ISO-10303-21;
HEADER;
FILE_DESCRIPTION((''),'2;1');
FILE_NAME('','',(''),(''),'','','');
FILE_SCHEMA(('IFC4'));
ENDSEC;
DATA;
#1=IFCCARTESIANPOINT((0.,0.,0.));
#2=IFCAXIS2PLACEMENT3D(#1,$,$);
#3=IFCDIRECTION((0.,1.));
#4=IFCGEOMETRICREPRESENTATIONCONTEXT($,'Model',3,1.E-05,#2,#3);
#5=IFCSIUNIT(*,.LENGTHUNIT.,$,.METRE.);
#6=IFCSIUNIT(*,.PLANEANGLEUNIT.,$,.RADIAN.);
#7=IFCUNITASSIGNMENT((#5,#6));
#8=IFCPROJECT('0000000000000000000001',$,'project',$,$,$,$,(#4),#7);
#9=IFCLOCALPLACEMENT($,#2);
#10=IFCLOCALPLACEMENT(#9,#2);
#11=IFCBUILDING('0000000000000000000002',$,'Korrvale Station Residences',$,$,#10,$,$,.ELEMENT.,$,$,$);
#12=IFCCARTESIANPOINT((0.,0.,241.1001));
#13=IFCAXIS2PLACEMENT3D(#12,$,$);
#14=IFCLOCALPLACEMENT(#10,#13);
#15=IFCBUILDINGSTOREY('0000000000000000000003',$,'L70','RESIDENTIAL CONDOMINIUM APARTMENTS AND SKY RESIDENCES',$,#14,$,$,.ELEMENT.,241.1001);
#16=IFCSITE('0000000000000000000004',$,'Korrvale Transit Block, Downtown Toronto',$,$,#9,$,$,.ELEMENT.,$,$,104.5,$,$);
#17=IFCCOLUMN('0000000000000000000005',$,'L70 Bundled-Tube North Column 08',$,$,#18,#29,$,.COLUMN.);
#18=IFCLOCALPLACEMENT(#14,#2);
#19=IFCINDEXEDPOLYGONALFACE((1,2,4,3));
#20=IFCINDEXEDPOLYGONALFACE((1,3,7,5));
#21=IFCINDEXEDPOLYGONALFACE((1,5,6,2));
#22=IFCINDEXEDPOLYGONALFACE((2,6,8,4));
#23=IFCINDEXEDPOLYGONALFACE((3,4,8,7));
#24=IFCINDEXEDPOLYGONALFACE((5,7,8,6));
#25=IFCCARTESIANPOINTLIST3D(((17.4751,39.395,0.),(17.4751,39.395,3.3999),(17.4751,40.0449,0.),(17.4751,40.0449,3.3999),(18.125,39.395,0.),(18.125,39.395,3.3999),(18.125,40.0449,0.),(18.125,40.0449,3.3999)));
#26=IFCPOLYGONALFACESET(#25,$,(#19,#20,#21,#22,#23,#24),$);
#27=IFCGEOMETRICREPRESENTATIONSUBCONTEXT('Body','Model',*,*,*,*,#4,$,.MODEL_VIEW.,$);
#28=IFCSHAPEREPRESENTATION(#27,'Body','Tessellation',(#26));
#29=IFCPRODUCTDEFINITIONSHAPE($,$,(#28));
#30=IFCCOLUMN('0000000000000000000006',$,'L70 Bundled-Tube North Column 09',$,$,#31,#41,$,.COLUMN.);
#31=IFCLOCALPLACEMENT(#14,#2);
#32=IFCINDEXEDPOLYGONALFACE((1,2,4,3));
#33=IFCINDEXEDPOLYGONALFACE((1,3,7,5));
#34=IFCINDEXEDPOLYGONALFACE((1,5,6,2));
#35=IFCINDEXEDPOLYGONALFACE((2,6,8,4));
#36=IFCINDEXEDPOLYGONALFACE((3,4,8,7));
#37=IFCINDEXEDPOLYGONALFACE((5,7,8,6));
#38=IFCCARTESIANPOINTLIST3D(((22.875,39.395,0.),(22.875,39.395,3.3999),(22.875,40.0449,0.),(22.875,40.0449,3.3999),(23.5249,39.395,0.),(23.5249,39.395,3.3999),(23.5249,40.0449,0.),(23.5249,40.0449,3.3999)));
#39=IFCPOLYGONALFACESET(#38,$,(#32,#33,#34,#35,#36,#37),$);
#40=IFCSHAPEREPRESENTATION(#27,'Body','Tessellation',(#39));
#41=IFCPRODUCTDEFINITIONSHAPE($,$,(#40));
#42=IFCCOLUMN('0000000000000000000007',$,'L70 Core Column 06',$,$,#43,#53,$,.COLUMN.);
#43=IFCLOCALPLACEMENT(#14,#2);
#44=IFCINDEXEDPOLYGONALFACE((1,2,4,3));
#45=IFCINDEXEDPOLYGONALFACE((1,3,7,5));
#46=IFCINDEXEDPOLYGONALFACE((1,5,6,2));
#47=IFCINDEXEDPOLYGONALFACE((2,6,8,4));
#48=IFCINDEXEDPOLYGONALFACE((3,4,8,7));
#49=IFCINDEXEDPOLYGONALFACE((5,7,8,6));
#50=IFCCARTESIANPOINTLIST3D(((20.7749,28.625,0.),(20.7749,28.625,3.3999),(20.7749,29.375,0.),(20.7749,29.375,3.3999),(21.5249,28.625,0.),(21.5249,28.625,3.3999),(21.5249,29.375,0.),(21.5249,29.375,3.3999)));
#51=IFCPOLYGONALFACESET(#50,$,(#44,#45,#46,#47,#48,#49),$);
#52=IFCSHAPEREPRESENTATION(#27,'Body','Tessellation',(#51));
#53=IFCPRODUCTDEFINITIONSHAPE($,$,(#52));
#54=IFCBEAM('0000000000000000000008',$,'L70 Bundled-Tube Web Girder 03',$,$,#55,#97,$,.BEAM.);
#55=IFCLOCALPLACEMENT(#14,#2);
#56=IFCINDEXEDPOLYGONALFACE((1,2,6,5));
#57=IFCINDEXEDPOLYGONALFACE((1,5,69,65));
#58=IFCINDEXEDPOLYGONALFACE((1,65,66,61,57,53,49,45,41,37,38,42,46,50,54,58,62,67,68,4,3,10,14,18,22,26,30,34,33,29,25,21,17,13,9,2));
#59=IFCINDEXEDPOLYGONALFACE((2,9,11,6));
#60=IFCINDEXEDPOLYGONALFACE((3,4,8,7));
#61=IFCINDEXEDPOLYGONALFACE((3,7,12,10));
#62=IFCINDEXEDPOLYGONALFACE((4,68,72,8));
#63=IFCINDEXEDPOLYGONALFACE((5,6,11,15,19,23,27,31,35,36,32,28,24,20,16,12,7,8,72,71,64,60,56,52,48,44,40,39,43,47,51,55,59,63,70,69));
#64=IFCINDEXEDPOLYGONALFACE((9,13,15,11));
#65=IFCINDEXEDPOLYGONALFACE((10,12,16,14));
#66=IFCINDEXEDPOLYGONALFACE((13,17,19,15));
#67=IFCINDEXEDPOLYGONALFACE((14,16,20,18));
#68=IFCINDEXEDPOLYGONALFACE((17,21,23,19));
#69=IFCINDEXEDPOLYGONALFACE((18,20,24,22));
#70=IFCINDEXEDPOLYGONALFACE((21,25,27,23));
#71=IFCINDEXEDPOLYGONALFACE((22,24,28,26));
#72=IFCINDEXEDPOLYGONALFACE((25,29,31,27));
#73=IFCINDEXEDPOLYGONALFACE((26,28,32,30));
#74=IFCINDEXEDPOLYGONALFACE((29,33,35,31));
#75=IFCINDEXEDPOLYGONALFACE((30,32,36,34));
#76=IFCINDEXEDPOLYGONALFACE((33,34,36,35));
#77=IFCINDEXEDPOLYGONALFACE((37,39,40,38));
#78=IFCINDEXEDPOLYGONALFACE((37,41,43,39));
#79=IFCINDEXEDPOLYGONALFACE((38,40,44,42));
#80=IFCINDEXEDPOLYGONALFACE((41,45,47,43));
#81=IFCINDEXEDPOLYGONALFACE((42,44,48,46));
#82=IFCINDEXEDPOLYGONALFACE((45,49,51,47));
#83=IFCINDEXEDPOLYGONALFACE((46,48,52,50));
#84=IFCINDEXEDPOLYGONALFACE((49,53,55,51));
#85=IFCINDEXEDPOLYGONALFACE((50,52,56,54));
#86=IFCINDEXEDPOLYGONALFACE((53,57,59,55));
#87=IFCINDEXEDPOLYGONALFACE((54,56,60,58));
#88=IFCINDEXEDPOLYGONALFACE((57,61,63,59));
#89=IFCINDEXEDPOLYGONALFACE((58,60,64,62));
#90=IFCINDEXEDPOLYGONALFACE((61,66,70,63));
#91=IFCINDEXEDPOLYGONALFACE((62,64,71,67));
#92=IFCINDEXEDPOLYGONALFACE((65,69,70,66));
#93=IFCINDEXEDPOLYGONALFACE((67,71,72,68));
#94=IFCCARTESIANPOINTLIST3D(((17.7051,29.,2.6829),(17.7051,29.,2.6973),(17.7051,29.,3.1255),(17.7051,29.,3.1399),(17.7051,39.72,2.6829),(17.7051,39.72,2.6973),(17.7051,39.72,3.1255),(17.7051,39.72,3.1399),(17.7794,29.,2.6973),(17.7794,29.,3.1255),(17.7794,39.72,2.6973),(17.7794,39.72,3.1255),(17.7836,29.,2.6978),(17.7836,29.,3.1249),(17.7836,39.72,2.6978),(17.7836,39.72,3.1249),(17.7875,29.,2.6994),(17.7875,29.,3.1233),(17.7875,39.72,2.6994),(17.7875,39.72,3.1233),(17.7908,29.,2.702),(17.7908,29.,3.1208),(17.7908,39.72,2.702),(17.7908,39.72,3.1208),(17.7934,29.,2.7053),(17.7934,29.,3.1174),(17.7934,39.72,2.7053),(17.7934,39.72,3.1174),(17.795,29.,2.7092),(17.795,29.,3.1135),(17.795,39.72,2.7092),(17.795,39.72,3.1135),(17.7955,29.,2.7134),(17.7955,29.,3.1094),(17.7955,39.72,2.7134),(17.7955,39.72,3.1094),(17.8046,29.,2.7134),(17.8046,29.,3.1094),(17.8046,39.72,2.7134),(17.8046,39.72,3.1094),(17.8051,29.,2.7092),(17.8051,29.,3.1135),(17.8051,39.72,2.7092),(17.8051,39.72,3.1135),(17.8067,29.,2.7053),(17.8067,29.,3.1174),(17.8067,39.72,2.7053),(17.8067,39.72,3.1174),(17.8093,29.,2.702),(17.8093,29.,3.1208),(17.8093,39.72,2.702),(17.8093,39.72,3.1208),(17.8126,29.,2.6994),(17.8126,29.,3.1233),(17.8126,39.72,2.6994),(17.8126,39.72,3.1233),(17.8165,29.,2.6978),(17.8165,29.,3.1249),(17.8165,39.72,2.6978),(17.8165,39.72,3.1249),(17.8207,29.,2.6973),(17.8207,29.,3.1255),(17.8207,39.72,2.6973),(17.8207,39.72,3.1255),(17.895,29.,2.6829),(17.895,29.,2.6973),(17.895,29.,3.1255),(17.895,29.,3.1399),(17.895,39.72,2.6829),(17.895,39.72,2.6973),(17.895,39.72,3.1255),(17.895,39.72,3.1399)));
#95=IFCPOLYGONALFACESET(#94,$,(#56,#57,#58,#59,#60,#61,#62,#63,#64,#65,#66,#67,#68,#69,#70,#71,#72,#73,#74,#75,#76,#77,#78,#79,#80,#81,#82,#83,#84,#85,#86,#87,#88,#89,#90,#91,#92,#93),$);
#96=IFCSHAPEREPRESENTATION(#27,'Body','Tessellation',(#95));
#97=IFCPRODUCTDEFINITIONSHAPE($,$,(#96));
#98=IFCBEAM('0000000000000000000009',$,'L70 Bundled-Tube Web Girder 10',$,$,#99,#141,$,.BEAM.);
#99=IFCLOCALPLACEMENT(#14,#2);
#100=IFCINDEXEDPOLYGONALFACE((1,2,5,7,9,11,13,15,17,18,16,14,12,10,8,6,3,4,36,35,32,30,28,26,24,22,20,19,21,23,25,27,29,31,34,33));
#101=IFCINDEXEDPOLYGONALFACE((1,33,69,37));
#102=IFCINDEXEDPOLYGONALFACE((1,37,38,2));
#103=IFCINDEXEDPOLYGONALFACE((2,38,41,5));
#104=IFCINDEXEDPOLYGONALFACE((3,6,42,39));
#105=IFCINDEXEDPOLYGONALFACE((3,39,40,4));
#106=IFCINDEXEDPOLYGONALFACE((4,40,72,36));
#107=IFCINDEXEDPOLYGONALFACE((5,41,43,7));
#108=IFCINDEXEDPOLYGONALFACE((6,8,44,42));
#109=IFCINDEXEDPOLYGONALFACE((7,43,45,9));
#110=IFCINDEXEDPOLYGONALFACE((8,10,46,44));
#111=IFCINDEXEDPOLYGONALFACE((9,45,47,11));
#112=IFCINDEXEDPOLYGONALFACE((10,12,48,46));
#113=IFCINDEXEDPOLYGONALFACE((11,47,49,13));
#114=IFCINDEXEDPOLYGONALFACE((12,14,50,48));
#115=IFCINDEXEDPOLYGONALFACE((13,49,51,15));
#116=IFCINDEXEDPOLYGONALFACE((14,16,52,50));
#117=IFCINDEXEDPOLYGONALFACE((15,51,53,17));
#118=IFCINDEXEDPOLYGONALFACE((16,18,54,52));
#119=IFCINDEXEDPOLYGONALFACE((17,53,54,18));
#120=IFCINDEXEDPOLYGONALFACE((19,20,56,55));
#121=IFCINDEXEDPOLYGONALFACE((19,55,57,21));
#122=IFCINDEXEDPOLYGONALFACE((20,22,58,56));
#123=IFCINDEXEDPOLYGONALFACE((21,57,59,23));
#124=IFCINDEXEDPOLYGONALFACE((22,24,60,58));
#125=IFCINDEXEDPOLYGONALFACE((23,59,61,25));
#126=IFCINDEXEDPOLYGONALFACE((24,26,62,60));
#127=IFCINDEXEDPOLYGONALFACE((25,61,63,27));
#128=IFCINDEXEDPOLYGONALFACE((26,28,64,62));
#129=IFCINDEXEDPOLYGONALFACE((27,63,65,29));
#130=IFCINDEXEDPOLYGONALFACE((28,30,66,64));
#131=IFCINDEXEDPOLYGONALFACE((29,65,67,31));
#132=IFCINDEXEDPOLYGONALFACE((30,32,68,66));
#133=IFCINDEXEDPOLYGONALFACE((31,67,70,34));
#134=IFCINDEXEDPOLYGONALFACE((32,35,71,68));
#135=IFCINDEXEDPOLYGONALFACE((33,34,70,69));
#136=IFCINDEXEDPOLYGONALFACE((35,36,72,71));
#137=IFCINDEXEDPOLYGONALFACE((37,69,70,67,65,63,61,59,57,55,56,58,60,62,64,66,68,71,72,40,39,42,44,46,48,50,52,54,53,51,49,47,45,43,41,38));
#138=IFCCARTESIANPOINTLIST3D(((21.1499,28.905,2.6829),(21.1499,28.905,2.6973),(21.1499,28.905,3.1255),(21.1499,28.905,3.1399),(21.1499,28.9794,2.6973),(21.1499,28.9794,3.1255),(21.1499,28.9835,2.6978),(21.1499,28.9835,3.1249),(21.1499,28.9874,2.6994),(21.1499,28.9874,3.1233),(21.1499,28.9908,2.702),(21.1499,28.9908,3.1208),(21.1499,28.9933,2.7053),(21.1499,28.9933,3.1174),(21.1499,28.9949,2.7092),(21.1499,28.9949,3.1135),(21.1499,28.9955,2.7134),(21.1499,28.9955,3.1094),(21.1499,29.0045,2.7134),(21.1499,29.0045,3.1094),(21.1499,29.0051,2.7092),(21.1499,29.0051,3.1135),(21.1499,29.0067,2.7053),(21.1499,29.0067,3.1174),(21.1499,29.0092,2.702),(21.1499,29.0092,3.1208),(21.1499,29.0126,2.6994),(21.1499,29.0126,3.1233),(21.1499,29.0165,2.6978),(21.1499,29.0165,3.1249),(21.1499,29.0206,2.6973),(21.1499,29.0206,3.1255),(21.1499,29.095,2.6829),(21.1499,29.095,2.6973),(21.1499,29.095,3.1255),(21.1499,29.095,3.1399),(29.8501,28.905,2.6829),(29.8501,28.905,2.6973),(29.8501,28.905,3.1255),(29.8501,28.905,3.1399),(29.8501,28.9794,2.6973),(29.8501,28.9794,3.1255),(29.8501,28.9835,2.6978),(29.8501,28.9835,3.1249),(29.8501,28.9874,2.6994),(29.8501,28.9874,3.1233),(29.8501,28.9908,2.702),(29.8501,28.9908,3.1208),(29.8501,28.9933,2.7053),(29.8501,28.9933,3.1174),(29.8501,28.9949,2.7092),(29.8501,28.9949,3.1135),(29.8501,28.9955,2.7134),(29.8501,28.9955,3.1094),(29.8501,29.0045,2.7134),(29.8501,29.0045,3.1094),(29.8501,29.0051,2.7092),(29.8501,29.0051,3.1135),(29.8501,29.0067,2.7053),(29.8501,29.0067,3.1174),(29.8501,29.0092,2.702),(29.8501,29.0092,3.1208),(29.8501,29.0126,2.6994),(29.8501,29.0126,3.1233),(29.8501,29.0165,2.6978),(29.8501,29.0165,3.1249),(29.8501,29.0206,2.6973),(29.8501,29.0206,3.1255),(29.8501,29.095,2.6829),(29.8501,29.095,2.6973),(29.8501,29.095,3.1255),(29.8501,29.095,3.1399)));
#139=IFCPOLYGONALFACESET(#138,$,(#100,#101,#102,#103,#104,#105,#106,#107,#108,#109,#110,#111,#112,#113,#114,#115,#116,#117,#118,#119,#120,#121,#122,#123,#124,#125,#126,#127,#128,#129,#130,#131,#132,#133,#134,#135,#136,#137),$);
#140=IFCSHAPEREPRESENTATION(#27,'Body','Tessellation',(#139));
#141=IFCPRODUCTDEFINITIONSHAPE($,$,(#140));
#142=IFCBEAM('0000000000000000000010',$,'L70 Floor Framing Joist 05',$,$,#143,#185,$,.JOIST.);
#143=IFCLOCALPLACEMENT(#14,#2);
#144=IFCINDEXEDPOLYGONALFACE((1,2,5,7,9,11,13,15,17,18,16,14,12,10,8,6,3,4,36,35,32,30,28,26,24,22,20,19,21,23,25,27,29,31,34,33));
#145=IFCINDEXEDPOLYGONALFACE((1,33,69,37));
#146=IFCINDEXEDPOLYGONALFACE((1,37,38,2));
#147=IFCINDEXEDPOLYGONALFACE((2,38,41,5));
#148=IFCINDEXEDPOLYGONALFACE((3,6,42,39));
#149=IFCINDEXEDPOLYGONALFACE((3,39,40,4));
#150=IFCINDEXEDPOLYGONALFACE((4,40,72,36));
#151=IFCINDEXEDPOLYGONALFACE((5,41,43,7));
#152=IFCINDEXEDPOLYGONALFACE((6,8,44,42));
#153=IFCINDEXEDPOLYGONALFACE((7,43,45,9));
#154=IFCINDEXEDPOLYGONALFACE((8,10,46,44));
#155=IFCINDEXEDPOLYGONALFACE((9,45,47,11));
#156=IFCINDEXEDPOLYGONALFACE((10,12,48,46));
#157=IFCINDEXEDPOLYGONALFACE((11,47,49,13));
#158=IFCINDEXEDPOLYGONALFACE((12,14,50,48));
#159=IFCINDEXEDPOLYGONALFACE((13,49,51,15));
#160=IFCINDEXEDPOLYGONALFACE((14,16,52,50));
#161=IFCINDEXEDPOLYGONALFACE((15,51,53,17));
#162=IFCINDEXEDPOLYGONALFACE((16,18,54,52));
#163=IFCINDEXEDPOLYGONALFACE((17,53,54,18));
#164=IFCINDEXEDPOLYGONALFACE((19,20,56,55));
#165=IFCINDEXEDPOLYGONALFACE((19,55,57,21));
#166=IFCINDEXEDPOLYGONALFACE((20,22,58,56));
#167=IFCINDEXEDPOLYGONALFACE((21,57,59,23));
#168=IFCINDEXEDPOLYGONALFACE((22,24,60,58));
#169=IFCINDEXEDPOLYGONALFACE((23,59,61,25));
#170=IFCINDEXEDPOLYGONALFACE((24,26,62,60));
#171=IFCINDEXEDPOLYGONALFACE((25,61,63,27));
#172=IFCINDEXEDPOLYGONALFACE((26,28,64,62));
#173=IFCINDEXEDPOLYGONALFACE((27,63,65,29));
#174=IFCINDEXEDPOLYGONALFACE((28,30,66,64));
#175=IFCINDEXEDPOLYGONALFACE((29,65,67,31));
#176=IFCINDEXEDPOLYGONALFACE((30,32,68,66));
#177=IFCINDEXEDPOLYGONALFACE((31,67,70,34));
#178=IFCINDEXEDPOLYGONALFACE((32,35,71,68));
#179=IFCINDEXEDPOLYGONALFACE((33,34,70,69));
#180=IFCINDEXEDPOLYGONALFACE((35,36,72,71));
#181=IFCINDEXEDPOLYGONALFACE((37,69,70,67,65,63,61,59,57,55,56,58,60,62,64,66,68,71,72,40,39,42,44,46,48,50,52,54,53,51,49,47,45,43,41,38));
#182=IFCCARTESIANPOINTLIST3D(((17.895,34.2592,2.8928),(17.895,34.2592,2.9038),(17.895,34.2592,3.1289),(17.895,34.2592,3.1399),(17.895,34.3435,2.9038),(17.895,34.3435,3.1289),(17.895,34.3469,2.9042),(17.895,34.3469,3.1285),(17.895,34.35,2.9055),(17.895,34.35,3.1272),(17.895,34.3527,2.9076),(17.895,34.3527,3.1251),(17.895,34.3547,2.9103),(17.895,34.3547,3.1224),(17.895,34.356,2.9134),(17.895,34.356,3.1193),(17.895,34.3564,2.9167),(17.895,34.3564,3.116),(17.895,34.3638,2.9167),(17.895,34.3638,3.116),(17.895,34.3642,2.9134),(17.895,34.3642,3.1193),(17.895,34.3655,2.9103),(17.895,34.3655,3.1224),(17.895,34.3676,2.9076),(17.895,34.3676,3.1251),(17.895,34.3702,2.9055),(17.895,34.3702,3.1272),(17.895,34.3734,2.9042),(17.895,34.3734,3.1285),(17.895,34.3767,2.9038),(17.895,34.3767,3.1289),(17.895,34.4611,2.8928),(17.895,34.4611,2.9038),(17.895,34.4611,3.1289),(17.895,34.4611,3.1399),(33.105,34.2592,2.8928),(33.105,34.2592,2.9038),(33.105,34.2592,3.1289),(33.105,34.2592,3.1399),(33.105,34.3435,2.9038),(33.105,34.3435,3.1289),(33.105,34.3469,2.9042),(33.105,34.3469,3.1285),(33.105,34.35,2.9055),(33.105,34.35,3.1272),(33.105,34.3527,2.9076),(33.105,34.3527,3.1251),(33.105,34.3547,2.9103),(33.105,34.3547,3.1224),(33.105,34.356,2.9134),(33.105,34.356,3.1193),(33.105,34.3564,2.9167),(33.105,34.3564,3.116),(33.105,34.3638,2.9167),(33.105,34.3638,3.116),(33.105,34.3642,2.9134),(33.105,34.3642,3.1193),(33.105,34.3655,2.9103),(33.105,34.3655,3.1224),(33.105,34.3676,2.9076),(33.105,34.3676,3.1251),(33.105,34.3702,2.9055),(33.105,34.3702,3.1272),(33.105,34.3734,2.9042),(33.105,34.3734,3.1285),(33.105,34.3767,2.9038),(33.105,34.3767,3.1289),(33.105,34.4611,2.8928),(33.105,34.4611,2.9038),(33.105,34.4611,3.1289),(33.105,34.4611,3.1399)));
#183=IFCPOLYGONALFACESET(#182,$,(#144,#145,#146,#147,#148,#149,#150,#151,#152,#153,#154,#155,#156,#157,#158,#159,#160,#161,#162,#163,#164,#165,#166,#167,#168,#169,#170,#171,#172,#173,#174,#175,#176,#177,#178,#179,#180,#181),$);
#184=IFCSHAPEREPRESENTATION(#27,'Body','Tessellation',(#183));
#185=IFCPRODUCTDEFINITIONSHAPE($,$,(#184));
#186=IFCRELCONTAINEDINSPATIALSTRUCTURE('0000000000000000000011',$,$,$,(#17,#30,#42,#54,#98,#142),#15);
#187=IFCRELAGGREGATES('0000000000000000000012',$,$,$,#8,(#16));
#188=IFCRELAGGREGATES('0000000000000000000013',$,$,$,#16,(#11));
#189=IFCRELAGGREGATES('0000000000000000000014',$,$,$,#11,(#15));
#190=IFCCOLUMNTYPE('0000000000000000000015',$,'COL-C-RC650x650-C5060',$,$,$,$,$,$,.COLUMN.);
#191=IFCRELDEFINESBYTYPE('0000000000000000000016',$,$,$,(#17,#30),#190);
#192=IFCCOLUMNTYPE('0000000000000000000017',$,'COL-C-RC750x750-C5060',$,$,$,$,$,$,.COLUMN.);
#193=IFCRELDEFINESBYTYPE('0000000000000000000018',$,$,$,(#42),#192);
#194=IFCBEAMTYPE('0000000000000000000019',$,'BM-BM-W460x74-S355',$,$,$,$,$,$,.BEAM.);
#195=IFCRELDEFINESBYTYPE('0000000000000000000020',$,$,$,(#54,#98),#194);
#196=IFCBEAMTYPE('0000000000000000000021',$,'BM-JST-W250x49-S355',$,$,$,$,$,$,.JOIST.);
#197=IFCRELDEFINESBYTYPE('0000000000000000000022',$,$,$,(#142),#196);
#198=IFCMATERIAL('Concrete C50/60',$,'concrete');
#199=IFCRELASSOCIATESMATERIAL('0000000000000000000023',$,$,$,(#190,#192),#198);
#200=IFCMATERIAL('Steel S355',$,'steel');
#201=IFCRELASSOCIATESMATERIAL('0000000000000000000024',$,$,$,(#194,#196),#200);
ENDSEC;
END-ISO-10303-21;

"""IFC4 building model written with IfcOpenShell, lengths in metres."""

from ifc_helpers import new_model, si_unit, direction, frame, origin, origin_2d, place, context, subcontext, project, spatial, rectangle, i_section, extrude, material, material_profile, profile_set, type_object, element, save


model = new_model("IFC4")

# Units and contexts
model_context = context("Model", 3, precision=1e-05, world=origin(), true_north=direction((0.0, 1.0)))
body_context = subcontext(model_context, "Body", "Model", "MODEL_VIEW")
ifc_project = project(units=[si_unit("LENGTHUNIT", "METRE"), si_unit("PLANEANGLEUNIT", "RADIAN")], contexts=[model_context])

# Site, building, storey
site_placement = place(None, origin())
site = spatial("IfcSite", under=ifc_project, at=site_placement, Name="Korrvale Transit Block, Downtown Toronto", CompositionType="ELEMENT", RefElevation=104.5)
building_placement = place(site_placement, origin())
building = spatial("IfcBuilding", under=site, at=building_placement, Name="Korrvale Station Residences", CompositionType="ELEMENT")
storey_placement = place(building_placement, frame((0.0, 0.0, 241.1001)))
storey = spatial("IfcBuildingStorey", under=building, at=storey_placement, Name="L70", Description="RESIDENTIAL CONDOMINIUM APARTMENTS AND SKY RESIDENCES", CompositionType="ELEMENT", Elevation=241.1001)

# Columns
ifc_material_1 = material(Name="Concrete C50/60", Category="concrete")
ifc_material_profile_1 = material_profile(ifc_material_1, rectangle(XDim=0.6499, YDim=0.6499, at=origin_2d()), Name="RC650x650")
ifc_profile_set_1 = profile_set([ifc_material_profile_1], Name="Concrete C50/60")
column_type_1 = type_object("IfcColumnType", Name="COL-C-RC650x650-C5060", PredefinedType="COLUMN", material=ifc_profile_set_1)
for number, where, z_axis, x_axis, name in (
    (1, (17.8, 39.72, 0.0), (0.0, 0.0, 1.0), (1.0, 0.0, 0.0), "L70 Bundled-Tube North Column 08"),
    (2, (23.2, 39.72, 0.0), (0.0, 0.0, 1.0), (1.0, 0.0, 0.0), "L70 Bundled-Tube North Column 09"),
):
    element("IfcColumn", number, at=place(storey_placement, frame(where, z_axis=z_axis, x_axis=x_axis)), inside=storey, type_object=column_type_1, Name=name, PredefinedType="COLUMN", context=body_context, shape_type="SweptSolid", body=[
        extrude(rectangle(XDim=0.6499, YDim=0.6499, at=origin_2d()), origin(), (0.0, 0.0, 1.0), 3.3999),
    ])
ifc_material_profile_2 = material_profile(ifc_material_1, rectangle(XDim=0.75, YDim=0.75, at=origin_2d()), Name="RC750x750")
ifc_profile_set_2 = profile_set([ifc_material_profile_2], Name="Concrete C50/60")
column_type_2 = type_object("IfcColumnType", Name="COL-C-RC750x750-C5060", PredefinedType="COLUMN", material=ifc_profile_set_2)
column_placement = place(storey_placement, frame((21.1499, 29.0, 0.0), z_axis=(0.0, 0.0, 1.0), x_axis=(1.0, 0.0, 0.0)))
element("IfcColumn", 3, at=column_placement, inside=storey, type_object=column_type_2, Name="L70 Core Column 06", PredefinedType="COLUMN", context=body_context, shape_type="SweptSolid", body=[
    extrude(rectangle(XDim=0.75, YDim=0.75, at=origin_2d()), origin(), (0.0, 0.0, 1.0), 3.3999),
])

# Beams
ifc_material_2 = material(Name="Steel S355", Category="steel")
ifc_material_profile_3 = material_profile(ifc_material_2, i_section(OverallWidth=0.1899, OverallDepth=0.457, WebThickness=0.009, FlangeThickness=0.0144, FilletRadius=0.0161, at=origin_2d()), Name="W460x74")
ifc_profile_set_3 = profile_set([ifc_material_profile_3], Name="Steel S355")
beam_type_1 = type_object("IfcBeamType", Name="BM-BM-W460x74-S355", PredefinedType="BEAM", material=ifc_profile_set_3)
beam_1_placement = place(storey_placement, frame((17.8, 29.0, 2.9114), z_axis=(0.0, 1.0, 0.0), x_axis=(-1.0, 0.0, 0.0)))
element("IfcBeam", 4, at=beam_1_placement, inside=storey, type_object=beam_type_1, Name="L70 Bundled-Tube Web Girder 03", PredefinedType="BEAM", context=body_context, shape_type="SweptSolid", body=[
    extrude(i_section(OverallWidth=0.1899, OverallDepth=0.457, WebThickness=0.009, FlangeThickness=0.0144, FilletRadius=0.0161, at=origin_2d()), origin(), (0.0, 0.0, 1.0), 10.72),
])
beam_2_placement = place(storey_placement, frame((21.1499, 29.0, 2.9114), z_axis=(1.0, 0.0, 0.0), x_axis=(0.0, 1.0, 0.0)))
element("IfcBeam", 5, at=beam_2_placement, inside=storey, type_object=beam_type_1, Name="L70 Bundled-Tube Web Girder 10", PredefinedType="BEAM", context=body_context, shape_type="SweptSolid", body=[
    extrude(i_section(OverallWidth=0.1899, OverallDepth=0.457, WebThickness=0.009, FlangeThickness=0.0144, FilletRadius=0.0161, at=origin_2d()), origin(), (0.0, 0.0, 1.0), 8.7002),
])
ifc_material_profile_4 = material_profile(ifc_material_2, i_section(OverallWidth=0.2019, OverallDepth=0.2471, WebThickness=0.0073, FlangeThickness=0.011, FilletRadius=0.0129, at=origin_2d()), Name="W250x49")
ifc_profile_set_4 = profile_set([ifc_material_profile_4], Name="Steel S355")
beam_type_2 = type_object("IfcBeamType", Name="BM-JST-W250x49-S355", PredefinedType="JOIST", material=ifc_profile_set_4)
beam_3_placement = place(storey_placement, frame((17.895, 34.3601, 3.0164), z_axis=(1.0, 0.0, 0.0), x_axis=(0.0, 1.0, 0.0)))
element("IfcBeam", 6, at=beam_3_placement, inside=storey, type_object=beam_type_2, Name="L70 Floor Framing Joist 05", PredefinedType="JOIST", context=body_context, shape_type="SweptSolid", body=[
    extrude(i_section(OverallWidth=0.2019, OverallDepth=0.2471, WebThickness=0.0073, FlangeThickness=0.011, FilletRadius=0.0129, at=origin_2d()), origin(), (0.0, 0.0, 1.0), 15.21),
])

save(model, "model.ifc")
